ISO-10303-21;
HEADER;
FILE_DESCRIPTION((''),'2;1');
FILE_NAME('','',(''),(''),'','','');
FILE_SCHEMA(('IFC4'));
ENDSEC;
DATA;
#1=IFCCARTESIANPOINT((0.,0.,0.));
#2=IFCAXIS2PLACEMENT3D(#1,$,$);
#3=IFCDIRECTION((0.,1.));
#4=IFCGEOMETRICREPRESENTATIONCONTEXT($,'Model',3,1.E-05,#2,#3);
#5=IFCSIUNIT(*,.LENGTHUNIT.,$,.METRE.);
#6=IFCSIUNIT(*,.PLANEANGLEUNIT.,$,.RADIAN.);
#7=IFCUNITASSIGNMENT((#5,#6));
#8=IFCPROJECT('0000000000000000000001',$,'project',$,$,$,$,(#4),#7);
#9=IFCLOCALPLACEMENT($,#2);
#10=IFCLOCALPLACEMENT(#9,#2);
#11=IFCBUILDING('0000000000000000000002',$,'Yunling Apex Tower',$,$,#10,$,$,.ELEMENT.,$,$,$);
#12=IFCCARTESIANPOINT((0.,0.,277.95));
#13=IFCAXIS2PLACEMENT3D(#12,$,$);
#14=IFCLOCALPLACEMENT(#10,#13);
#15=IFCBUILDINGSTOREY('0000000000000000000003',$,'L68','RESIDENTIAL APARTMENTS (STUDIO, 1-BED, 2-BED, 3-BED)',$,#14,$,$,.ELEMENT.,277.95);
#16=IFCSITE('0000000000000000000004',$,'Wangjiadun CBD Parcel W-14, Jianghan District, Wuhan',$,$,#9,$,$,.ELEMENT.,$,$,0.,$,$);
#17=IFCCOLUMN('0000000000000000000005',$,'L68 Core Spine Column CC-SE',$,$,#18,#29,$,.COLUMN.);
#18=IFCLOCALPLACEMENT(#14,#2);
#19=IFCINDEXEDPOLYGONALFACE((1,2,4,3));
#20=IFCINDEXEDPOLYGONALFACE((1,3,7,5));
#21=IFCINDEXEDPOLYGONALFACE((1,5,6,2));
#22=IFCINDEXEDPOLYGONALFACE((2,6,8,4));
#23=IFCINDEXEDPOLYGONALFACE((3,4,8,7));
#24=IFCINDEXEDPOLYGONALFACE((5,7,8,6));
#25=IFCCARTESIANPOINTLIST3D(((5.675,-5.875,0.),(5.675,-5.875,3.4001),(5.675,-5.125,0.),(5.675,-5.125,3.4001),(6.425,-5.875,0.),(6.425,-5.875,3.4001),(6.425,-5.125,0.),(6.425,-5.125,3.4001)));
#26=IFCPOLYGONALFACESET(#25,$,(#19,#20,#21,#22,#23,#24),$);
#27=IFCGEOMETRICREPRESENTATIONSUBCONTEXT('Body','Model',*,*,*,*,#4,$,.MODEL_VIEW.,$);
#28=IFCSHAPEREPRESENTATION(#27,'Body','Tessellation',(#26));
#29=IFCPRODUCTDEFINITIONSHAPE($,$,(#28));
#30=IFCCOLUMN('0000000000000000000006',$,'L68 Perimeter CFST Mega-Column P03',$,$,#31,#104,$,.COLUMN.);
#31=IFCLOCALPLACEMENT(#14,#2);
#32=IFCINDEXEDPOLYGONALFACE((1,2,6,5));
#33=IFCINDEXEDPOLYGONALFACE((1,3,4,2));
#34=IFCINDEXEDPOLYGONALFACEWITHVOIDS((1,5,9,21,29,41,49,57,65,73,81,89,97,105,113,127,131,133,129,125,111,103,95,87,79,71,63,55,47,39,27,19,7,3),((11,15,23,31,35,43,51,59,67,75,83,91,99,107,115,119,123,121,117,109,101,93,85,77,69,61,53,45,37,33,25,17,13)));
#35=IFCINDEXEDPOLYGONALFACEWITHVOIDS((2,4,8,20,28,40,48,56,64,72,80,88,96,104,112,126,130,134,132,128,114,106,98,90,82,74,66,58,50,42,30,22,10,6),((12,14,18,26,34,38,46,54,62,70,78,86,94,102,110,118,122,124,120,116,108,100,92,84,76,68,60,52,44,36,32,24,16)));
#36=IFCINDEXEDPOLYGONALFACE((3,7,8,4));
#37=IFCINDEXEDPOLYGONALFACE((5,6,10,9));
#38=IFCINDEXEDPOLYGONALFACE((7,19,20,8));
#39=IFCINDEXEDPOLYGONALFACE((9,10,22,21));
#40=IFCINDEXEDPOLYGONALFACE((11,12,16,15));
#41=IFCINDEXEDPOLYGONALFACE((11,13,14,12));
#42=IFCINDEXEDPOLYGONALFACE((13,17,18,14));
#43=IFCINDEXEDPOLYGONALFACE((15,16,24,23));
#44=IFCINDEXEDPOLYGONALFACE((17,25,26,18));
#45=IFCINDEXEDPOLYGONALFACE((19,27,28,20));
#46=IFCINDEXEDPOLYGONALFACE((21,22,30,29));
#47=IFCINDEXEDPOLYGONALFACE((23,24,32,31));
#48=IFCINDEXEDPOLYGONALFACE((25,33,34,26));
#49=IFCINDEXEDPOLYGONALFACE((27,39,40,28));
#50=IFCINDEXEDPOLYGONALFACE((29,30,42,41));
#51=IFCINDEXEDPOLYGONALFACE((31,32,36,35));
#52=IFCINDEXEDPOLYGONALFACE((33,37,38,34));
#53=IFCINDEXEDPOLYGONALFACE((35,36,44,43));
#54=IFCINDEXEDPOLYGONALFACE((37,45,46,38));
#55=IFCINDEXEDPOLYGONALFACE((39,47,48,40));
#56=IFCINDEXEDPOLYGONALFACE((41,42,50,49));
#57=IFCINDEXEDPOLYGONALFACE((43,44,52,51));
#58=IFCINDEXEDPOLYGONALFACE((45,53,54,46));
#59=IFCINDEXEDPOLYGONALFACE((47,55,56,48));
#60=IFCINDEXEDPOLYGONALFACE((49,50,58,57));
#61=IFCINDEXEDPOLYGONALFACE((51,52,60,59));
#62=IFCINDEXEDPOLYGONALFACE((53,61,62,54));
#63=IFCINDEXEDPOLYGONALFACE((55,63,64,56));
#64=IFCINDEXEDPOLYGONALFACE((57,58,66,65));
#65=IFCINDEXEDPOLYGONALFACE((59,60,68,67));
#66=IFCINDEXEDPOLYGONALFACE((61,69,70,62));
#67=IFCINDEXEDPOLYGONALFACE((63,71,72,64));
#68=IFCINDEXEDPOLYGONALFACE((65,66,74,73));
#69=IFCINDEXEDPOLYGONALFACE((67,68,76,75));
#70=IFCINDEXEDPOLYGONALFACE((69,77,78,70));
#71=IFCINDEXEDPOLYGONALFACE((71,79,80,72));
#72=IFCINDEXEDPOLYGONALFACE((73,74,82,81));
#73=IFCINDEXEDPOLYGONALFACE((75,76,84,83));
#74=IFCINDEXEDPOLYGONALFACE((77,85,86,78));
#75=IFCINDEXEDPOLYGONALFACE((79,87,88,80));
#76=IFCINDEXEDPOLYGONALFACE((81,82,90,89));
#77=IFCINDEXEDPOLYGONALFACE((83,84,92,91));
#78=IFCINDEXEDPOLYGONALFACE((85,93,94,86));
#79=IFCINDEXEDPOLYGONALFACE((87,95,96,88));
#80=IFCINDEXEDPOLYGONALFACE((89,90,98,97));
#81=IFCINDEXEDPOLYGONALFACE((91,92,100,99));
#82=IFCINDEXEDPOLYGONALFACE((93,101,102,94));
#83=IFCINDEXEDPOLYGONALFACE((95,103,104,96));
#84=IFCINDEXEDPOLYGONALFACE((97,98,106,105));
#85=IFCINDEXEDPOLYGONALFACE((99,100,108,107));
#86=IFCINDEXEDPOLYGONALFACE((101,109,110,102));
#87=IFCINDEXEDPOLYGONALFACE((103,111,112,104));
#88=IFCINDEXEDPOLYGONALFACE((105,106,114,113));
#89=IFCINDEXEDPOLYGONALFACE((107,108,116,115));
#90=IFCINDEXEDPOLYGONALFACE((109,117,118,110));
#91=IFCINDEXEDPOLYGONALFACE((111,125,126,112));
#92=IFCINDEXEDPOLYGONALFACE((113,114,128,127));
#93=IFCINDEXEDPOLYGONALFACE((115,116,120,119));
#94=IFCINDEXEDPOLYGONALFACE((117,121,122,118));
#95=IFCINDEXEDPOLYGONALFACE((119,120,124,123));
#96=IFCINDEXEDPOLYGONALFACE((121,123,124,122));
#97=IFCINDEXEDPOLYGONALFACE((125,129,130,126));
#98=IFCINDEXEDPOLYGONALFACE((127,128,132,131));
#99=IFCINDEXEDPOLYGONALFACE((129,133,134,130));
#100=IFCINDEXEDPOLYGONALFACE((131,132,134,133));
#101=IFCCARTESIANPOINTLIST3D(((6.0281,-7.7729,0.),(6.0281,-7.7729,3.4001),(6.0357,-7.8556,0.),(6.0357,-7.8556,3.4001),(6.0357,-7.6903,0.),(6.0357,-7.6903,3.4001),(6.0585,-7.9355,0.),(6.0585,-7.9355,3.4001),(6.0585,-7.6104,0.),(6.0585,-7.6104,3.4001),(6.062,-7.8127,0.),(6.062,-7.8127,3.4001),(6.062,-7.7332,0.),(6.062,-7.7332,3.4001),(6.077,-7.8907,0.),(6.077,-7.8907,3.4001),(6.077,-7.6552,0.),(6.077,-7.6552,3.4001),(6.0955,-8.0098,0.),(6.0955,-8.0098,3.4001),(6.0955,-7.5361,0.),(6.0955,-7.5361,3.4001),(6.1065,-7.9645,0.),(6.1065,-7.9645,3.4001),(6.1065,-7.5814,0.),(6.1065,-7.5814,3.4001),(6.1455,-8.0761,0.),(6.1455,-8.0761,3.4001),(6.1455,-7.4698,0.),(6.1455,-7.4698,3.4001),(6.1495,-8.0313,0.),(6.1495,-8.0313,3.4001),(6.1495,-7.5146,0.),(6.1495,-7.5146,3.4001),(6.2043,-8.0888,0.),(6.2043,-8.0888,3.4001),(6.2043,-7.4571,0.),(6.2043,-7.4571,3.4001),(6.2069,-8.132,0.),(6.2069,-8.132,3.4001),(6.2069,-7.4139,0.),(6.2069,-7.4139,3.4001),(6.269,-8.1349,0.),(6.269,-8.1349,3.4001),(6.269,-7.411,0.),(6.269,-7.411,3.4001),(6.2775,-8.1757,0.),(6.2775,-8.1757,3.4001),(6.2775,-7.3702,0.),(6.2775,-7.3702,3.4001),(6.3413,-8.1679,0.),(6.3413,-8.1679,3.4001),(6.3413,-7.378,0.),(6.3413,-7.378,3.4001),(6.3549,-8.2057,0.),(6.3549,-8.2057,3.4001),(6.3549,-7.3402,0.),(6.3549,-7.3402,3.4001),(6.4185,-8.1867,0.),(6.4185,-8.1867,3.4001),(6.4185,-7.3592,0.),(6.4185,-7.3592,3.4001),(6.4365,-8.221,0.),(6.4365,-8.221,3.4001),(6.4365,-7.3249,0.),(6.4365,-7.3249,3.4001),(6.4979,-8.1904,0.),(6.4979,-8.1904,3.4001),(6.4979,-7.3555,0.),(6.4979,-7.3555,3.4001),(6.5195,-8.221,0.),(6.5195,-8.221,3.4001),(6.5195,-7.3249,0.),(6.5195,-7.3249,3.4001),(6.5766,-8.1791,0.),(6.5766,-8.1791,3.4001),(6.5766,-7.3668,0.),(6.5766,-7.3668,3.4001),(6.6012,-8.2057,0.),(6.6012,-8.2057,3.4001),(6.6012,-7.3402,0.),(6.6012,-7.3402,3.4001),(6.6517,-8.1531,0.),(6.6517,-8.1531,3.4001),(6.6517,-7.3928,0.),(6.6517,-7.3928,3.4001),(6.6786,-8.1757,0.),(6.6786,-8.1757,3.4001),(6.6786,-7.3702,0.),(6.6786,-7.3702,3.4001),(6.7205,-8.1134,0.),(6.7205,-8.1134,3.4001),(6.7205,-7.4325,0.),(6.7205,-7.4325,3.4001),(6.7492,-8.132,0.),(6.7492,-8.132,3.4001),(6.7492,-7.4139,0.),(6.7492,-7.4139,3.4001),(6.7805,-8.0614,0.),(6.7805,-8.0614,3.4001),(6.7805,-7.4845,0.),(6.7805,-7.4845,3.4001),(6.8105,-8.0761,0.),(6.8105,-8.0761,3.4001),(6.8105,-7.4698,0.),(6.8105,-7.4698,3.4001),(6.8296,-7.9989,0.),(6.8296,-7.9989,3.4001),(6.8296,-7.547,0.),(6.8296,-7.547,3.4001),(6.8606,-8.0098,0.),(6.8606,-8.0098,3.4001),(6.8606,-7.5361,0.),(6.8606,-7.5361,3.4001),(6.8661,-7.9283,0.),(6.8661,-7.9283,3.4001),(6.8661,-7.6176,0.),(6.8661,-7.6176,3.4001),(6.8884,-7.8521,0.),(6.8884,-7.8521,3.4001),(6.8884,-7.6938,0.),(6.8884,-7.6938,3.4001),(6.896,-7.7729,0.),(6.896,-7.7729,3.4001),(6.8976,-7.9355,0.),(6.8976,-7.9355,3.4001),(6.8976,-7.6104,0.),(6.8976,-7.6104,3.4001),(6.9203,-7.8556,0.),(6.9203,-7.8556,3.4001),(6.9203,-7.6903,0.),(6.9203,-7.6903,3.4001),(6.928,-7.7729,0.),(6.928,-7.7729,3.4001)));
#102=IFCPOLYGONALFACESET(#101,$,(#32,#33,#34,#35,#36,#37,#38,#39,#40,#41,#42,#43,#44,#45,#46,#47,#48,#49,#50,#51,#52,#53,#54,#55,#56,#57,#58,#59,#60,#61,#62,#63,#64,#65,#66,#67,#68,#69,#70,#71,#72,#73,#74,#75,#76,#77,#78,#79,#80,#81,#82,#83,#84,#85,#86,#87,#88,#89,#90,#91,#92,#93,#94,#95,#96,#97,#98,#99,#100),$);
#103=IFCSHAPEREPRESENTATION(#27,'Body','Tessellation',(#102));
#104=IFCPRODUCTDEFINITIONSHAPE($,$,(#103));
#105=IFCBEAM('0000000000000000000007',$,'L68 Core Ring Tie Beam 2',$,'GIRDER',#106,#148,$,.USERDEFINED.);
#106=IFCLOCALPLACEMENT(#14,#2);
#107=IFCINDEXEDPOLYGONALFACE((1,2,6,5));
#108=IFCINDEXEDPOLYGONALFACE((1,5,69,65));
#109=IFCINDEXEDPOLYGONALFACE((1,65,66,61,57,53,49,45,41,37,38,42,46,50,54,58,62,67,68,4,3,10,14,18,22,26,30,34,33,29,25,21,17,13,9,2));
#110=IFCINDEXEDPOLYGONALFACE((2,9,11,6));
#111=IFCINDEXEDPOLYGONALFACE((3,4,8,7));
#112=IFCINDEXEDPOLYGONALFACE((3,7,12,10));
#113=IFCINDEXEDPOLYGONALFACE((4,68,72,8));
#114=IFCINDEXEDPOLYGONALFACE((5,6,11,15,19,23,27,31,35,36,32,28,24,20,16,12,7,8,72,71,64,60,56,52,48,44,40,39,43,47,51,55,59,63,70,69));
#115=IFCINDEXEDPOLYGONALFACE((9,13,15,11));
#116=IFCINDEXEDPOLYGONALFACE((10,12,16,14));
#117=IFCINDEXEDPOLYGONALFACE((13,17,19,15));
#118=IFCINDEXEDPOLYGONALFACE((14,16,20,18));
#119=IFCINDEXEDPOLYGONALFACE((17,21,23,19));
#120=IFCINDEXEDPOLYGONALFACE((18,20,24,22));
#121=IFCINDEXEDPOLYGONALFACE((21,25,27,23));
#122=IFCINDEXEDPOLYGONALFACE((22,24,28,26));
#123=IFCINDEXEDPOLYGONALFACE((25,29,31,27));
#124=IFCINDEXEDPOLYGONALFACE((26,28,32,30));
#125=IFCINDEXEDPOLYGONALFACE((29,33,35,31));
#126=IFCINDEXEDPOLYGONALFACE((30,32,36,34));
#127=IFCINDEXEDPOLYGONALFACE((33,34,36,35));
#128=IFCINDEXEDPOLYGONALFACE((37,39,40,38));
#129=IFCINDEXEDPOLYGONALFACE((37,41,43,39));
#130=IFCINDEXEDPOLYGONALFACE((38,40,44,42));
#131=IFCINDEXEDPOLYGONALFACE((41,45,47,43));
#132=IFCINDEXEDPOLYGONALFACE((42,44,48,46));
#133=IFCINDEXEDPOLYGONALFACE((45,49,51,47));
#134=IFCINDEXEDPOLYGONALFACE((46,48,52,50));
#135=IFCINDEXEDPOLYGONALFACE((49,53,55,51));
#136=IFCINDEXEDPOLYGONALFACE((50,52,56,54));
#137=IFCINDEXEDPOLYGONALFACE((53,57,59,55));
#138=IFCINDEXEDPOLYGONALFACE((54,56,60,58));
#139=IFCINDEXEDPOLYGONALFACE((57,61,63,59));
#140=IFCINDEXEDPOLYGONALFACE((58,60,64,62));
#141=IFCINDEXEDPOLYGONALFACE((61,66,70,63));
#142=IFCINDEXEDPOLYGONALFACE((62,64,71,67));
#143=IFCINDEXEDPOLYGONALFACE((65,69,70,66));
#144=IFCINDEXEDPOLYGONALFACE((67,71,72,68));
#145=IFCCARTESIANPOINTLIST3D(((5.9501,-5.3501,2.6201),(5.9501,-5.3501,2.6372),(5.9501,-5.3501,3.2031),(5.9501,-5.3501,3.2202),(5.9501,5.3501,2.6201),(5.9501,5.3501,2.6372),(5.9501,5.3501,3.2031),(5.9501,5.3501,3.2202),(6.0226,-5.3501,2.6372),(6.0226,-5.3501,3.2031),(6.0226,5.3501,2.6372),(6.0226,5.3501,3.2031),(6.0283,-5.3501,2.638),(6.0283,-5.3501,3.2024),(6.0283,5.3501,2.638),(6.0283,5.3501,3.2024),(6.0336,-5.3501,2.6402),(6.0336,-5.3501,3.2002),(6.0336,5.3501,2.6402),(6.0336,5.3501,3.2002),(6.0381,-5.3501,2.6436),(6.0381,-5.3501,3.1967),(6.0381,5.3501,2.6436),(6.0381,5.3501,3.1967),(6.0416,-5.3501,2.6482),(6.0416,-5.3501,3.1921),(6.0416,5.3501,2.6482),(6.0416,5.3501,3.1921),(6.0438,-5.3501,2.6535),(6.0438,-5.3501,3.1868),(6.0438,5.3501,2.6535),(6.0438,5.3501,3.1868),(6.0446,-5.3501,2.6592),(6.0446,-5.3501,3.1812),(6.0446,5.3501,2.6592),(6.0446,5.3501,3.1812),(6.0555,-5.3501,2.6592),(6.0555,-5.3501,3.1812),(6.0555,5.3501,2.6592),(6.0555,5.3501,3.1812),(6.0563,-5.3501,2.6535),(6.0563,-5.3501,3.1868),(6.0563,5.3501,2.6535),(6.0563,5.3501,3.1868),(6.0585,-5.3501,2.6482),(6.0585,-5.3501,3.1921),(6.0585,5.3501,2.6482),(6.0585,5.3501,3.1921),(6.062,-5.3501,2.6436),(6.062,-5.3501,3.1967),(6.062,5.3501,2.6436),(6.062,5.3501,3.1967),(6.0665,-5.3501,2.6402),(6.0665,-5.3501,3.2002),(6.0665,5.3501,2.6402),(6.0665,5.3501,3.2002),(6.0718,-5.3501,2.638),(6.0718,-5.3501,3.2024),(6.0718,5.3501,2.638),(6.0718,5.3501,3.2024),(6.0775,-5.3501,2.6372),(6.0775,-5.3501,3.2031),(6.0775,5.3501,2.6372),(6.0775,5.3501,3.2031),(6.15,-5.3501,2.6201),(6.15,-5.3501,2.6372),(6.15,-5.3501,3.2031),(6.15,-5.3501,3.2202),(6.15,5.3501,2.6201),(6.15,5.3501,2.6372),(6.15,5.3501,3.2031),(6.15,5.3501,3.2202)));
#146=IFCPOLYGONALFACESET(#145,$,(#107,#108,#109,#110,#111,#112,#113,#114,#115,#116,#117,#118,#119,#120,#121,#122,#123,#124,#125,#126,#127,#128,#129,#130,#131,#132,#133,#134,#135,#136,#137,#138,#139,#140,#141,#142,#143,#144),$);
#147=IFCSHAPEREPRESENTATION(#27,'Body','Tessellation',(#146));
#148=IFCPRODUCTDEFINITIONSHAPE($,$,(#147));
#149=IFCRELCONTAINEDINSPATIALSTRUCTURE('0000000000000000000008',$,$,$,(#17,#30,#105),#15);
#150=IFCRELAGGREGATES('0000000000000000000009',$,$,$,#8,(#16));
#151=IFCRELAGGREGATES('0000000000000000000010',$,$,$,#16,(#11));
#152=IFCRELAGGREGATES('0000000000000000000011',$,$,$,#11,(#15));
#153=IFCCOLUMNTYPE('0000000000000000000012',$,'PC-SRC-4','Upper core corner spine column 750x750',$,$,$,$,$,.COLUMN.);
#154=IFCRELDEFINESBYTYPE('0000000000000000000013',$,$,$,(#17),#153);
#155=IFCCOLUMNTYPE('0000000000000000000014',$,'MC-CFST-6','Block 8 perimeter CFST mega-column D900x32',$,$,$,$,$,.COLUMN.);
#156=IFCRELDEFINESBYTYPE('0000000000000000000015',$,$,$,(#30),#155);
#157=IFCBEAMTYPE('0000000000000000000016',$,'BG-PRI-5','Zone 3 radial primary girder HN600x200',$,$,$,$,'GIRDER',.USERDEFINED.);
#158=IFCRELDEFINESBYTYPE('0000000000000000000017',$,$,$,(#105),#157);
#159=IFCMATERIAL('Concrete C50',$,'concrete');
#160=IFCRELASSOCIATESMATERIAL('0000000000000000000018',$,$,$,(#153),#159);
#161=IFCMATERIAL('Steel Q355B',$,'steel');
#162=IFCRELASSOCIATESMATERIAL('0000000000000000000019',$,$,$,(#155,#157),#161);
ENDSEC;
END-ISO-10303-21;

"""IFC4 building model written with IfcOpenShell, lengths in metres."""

from ifc_helpers import new_model, si_unit, direction, frame, origin, origin_2d, place, context, subcontext, project, spatial, rectangle, hollow_circle, i_section, extrude, source, transform, mapped, material, material_profile, profile_set, type_object, element, save


model = new_model("IFC4")

# Units and contexts
model_context = context("Model", 3, precision=1e-05, world=origin(), true_north=direction((0.0, 1.0)))
body_context = subcontext(model_context, "Body", "Model", "MODEL_VIEW")
ifc_project = project(units=[si_unit("LENGTHUNIT", "METRE"), si_unit("PLANEANGLEUNIT", "RADIAN")], contexts=[model_context])

# Site, building, storey
site_placement = place(None, origin())
site = spatial("IfcSite", under=ifc_project, at=site_placement, Name="Wangjiadun CBD Parcel W-14, Jianghan District, Wuhan", CompositionType="ELEMENT", RefElevation=0.0)
building_placement = place(site_placement, origin())
building = spatial("IfcBuilding", under=site, at=building_placement, Name="Yunling Apex Tower", CompositionType="ELEMENT")
storey_placement = place(building_placement, frame((0.0, 0.0, 277.95)))
storey = spatial("IfcBuildingStorey", under=building, at=storey_placement, Name="L68", Description="RESIDENTIAL APARTMENTS (STUDIO, 1-BED, 2-BED, 3-BED)", CompositionType="ELEMENT", Elevation=277.95)

# Columns
ifc_material_1 = material(Name="Concrete C50", Category="concrete")
ifc_material_profile_1 = material_profile(ifc_material_1, rectangle(XDim=0.75, YDim=0.75, at=origin_2d()))
ifc_profile_set_1 = profile_set([ifc_material_profile_1], Name="Concrete C50")
column_type_1 = type_object("IfcColumnType", Name="PC-SRC-4", Description="Upper core corner spine column 750x750", PredefinedType="COLUMN", material=ifc_profile_set_1)
shared_shape_1 = source(origin(), body_context, "Body", "SweptSolid", [
    extrude(rectangle(XDim=0.75, YDim=0.75, at=origin_2d()), origin(), (0.0, 0.0, 1.0), 3.4001),
])
column_1_placement = place(storey_placement, frame((6.05, -5.5, 0.0), z_axis=(0.0, 0.0, 1.0), x_axis=(1.0, 0.0, 0.0)))
element("IfcColumn", 1, at=column_1_placement, inside=storey, type_object=column_type_1, Name="L68 Core Spine Column CC-SE", PredefinedType="COLUMN", context=body_context, shape_type="MappedRepresentation", body=[
    mapped(shared_shape_1, transform((0.0, 0.0, 0.0), scale=1.0)),
])
ifc_material_2 = material(Name="Steel Q355B", Category="steel")
ifc_material_profile_2 = material_profile(ifc_material_2, hollow_circle(Radius=0.45, WallThickness=0.032, at=origin_2d()))
ifc_profile_set_2 = profile_set([ifc_material_profile_2], Name="Steel Q355B")
column_type_2 = type_object("IfcColumnType", Name="MC-CFST-6", Description="Block 8 perimeter CFST mega-column D900x32", PredefinedType="COLUMN", material=ifc_profile_set_2)
shared_shape_2 = source(origin(), body_context, "Body", "SweptSolid", [
    extrude(hollow_circle(Radius=0.45, WallThickness=0.032, at=origin_2d()), origin(), (0.0, 0.0, 1.0), 3.4001),
])
column_2_placement = place(storey_placement, frame((6.478, -7.7729, 0.0), z_axis=(0.0, 0.0, 1.0), x_axis=(1.0, 0.0, 0.0)))
element("IfcColumn", 2, at=column_2_placement, inside=storey, type_object=column_type_2, Name="L68 Perimeter CFST Mega-Column P03", PredefinedType="COLUMN", context=body_context, shape_type="MappedRepresentation", body=[
    mapped(shared_shape_2, transform((0.0, 0.0, 0.0), scale=1.0)),
])

# Beam
ifc_material_profile_3 = material_profile(ifc_material_2, i_section(OverallWidth=0.2, OverallDepth=0.6001, WebThickness=0.011, FlangeThickness=0.0171, FilletRadius=0.022, at=origin_2d()))
ifc_profile_set_3 = profile_set([ifc_material_profile_3], Name="Steel Q355B")
beam_type_1 = type_object("IfcBeamType", Name="BG-PRI-5", Description="Zone 3 radial primary girder HN600x200", ElementType="GIRDER", PredefinedType="USERDEFINED", material=ifc_profile_set_3)
shared_shape_3 = source(origin(), body_context, "Body", "SweptSolid", [
    extrude(i_section(OverallWidth=0.2, OverallDepth=0.6001, WebThickness=0.011, FlangeThickness=0.0171, FilletRadius=0.022, at=origin_2d()), origin(), (0.0, 0.0, 1.0), 10.7002),
])
beam_1_placement = place(storey_placement, frame((6.05, -5.3501, 2.9202), z_axis=(0.0, 1.0, 0.0), x_axis=(-1.0, 0.0, 0.0)))
element("IfcBeam", 3, at=beam_1_placement, inside=storey, type_object=beam_type_1, Name="L68 Core Ring Tie Beam 2", ObjectType="GIRDER", PredefinedType="USERDEFINED", context=body_context, shape_type="MappedRepresentation", body=[
    mapped(shared_shape_3, transform((0.0, 0.0, 0.0), scale=1.0)),
])

save(model, "model.ifc")
